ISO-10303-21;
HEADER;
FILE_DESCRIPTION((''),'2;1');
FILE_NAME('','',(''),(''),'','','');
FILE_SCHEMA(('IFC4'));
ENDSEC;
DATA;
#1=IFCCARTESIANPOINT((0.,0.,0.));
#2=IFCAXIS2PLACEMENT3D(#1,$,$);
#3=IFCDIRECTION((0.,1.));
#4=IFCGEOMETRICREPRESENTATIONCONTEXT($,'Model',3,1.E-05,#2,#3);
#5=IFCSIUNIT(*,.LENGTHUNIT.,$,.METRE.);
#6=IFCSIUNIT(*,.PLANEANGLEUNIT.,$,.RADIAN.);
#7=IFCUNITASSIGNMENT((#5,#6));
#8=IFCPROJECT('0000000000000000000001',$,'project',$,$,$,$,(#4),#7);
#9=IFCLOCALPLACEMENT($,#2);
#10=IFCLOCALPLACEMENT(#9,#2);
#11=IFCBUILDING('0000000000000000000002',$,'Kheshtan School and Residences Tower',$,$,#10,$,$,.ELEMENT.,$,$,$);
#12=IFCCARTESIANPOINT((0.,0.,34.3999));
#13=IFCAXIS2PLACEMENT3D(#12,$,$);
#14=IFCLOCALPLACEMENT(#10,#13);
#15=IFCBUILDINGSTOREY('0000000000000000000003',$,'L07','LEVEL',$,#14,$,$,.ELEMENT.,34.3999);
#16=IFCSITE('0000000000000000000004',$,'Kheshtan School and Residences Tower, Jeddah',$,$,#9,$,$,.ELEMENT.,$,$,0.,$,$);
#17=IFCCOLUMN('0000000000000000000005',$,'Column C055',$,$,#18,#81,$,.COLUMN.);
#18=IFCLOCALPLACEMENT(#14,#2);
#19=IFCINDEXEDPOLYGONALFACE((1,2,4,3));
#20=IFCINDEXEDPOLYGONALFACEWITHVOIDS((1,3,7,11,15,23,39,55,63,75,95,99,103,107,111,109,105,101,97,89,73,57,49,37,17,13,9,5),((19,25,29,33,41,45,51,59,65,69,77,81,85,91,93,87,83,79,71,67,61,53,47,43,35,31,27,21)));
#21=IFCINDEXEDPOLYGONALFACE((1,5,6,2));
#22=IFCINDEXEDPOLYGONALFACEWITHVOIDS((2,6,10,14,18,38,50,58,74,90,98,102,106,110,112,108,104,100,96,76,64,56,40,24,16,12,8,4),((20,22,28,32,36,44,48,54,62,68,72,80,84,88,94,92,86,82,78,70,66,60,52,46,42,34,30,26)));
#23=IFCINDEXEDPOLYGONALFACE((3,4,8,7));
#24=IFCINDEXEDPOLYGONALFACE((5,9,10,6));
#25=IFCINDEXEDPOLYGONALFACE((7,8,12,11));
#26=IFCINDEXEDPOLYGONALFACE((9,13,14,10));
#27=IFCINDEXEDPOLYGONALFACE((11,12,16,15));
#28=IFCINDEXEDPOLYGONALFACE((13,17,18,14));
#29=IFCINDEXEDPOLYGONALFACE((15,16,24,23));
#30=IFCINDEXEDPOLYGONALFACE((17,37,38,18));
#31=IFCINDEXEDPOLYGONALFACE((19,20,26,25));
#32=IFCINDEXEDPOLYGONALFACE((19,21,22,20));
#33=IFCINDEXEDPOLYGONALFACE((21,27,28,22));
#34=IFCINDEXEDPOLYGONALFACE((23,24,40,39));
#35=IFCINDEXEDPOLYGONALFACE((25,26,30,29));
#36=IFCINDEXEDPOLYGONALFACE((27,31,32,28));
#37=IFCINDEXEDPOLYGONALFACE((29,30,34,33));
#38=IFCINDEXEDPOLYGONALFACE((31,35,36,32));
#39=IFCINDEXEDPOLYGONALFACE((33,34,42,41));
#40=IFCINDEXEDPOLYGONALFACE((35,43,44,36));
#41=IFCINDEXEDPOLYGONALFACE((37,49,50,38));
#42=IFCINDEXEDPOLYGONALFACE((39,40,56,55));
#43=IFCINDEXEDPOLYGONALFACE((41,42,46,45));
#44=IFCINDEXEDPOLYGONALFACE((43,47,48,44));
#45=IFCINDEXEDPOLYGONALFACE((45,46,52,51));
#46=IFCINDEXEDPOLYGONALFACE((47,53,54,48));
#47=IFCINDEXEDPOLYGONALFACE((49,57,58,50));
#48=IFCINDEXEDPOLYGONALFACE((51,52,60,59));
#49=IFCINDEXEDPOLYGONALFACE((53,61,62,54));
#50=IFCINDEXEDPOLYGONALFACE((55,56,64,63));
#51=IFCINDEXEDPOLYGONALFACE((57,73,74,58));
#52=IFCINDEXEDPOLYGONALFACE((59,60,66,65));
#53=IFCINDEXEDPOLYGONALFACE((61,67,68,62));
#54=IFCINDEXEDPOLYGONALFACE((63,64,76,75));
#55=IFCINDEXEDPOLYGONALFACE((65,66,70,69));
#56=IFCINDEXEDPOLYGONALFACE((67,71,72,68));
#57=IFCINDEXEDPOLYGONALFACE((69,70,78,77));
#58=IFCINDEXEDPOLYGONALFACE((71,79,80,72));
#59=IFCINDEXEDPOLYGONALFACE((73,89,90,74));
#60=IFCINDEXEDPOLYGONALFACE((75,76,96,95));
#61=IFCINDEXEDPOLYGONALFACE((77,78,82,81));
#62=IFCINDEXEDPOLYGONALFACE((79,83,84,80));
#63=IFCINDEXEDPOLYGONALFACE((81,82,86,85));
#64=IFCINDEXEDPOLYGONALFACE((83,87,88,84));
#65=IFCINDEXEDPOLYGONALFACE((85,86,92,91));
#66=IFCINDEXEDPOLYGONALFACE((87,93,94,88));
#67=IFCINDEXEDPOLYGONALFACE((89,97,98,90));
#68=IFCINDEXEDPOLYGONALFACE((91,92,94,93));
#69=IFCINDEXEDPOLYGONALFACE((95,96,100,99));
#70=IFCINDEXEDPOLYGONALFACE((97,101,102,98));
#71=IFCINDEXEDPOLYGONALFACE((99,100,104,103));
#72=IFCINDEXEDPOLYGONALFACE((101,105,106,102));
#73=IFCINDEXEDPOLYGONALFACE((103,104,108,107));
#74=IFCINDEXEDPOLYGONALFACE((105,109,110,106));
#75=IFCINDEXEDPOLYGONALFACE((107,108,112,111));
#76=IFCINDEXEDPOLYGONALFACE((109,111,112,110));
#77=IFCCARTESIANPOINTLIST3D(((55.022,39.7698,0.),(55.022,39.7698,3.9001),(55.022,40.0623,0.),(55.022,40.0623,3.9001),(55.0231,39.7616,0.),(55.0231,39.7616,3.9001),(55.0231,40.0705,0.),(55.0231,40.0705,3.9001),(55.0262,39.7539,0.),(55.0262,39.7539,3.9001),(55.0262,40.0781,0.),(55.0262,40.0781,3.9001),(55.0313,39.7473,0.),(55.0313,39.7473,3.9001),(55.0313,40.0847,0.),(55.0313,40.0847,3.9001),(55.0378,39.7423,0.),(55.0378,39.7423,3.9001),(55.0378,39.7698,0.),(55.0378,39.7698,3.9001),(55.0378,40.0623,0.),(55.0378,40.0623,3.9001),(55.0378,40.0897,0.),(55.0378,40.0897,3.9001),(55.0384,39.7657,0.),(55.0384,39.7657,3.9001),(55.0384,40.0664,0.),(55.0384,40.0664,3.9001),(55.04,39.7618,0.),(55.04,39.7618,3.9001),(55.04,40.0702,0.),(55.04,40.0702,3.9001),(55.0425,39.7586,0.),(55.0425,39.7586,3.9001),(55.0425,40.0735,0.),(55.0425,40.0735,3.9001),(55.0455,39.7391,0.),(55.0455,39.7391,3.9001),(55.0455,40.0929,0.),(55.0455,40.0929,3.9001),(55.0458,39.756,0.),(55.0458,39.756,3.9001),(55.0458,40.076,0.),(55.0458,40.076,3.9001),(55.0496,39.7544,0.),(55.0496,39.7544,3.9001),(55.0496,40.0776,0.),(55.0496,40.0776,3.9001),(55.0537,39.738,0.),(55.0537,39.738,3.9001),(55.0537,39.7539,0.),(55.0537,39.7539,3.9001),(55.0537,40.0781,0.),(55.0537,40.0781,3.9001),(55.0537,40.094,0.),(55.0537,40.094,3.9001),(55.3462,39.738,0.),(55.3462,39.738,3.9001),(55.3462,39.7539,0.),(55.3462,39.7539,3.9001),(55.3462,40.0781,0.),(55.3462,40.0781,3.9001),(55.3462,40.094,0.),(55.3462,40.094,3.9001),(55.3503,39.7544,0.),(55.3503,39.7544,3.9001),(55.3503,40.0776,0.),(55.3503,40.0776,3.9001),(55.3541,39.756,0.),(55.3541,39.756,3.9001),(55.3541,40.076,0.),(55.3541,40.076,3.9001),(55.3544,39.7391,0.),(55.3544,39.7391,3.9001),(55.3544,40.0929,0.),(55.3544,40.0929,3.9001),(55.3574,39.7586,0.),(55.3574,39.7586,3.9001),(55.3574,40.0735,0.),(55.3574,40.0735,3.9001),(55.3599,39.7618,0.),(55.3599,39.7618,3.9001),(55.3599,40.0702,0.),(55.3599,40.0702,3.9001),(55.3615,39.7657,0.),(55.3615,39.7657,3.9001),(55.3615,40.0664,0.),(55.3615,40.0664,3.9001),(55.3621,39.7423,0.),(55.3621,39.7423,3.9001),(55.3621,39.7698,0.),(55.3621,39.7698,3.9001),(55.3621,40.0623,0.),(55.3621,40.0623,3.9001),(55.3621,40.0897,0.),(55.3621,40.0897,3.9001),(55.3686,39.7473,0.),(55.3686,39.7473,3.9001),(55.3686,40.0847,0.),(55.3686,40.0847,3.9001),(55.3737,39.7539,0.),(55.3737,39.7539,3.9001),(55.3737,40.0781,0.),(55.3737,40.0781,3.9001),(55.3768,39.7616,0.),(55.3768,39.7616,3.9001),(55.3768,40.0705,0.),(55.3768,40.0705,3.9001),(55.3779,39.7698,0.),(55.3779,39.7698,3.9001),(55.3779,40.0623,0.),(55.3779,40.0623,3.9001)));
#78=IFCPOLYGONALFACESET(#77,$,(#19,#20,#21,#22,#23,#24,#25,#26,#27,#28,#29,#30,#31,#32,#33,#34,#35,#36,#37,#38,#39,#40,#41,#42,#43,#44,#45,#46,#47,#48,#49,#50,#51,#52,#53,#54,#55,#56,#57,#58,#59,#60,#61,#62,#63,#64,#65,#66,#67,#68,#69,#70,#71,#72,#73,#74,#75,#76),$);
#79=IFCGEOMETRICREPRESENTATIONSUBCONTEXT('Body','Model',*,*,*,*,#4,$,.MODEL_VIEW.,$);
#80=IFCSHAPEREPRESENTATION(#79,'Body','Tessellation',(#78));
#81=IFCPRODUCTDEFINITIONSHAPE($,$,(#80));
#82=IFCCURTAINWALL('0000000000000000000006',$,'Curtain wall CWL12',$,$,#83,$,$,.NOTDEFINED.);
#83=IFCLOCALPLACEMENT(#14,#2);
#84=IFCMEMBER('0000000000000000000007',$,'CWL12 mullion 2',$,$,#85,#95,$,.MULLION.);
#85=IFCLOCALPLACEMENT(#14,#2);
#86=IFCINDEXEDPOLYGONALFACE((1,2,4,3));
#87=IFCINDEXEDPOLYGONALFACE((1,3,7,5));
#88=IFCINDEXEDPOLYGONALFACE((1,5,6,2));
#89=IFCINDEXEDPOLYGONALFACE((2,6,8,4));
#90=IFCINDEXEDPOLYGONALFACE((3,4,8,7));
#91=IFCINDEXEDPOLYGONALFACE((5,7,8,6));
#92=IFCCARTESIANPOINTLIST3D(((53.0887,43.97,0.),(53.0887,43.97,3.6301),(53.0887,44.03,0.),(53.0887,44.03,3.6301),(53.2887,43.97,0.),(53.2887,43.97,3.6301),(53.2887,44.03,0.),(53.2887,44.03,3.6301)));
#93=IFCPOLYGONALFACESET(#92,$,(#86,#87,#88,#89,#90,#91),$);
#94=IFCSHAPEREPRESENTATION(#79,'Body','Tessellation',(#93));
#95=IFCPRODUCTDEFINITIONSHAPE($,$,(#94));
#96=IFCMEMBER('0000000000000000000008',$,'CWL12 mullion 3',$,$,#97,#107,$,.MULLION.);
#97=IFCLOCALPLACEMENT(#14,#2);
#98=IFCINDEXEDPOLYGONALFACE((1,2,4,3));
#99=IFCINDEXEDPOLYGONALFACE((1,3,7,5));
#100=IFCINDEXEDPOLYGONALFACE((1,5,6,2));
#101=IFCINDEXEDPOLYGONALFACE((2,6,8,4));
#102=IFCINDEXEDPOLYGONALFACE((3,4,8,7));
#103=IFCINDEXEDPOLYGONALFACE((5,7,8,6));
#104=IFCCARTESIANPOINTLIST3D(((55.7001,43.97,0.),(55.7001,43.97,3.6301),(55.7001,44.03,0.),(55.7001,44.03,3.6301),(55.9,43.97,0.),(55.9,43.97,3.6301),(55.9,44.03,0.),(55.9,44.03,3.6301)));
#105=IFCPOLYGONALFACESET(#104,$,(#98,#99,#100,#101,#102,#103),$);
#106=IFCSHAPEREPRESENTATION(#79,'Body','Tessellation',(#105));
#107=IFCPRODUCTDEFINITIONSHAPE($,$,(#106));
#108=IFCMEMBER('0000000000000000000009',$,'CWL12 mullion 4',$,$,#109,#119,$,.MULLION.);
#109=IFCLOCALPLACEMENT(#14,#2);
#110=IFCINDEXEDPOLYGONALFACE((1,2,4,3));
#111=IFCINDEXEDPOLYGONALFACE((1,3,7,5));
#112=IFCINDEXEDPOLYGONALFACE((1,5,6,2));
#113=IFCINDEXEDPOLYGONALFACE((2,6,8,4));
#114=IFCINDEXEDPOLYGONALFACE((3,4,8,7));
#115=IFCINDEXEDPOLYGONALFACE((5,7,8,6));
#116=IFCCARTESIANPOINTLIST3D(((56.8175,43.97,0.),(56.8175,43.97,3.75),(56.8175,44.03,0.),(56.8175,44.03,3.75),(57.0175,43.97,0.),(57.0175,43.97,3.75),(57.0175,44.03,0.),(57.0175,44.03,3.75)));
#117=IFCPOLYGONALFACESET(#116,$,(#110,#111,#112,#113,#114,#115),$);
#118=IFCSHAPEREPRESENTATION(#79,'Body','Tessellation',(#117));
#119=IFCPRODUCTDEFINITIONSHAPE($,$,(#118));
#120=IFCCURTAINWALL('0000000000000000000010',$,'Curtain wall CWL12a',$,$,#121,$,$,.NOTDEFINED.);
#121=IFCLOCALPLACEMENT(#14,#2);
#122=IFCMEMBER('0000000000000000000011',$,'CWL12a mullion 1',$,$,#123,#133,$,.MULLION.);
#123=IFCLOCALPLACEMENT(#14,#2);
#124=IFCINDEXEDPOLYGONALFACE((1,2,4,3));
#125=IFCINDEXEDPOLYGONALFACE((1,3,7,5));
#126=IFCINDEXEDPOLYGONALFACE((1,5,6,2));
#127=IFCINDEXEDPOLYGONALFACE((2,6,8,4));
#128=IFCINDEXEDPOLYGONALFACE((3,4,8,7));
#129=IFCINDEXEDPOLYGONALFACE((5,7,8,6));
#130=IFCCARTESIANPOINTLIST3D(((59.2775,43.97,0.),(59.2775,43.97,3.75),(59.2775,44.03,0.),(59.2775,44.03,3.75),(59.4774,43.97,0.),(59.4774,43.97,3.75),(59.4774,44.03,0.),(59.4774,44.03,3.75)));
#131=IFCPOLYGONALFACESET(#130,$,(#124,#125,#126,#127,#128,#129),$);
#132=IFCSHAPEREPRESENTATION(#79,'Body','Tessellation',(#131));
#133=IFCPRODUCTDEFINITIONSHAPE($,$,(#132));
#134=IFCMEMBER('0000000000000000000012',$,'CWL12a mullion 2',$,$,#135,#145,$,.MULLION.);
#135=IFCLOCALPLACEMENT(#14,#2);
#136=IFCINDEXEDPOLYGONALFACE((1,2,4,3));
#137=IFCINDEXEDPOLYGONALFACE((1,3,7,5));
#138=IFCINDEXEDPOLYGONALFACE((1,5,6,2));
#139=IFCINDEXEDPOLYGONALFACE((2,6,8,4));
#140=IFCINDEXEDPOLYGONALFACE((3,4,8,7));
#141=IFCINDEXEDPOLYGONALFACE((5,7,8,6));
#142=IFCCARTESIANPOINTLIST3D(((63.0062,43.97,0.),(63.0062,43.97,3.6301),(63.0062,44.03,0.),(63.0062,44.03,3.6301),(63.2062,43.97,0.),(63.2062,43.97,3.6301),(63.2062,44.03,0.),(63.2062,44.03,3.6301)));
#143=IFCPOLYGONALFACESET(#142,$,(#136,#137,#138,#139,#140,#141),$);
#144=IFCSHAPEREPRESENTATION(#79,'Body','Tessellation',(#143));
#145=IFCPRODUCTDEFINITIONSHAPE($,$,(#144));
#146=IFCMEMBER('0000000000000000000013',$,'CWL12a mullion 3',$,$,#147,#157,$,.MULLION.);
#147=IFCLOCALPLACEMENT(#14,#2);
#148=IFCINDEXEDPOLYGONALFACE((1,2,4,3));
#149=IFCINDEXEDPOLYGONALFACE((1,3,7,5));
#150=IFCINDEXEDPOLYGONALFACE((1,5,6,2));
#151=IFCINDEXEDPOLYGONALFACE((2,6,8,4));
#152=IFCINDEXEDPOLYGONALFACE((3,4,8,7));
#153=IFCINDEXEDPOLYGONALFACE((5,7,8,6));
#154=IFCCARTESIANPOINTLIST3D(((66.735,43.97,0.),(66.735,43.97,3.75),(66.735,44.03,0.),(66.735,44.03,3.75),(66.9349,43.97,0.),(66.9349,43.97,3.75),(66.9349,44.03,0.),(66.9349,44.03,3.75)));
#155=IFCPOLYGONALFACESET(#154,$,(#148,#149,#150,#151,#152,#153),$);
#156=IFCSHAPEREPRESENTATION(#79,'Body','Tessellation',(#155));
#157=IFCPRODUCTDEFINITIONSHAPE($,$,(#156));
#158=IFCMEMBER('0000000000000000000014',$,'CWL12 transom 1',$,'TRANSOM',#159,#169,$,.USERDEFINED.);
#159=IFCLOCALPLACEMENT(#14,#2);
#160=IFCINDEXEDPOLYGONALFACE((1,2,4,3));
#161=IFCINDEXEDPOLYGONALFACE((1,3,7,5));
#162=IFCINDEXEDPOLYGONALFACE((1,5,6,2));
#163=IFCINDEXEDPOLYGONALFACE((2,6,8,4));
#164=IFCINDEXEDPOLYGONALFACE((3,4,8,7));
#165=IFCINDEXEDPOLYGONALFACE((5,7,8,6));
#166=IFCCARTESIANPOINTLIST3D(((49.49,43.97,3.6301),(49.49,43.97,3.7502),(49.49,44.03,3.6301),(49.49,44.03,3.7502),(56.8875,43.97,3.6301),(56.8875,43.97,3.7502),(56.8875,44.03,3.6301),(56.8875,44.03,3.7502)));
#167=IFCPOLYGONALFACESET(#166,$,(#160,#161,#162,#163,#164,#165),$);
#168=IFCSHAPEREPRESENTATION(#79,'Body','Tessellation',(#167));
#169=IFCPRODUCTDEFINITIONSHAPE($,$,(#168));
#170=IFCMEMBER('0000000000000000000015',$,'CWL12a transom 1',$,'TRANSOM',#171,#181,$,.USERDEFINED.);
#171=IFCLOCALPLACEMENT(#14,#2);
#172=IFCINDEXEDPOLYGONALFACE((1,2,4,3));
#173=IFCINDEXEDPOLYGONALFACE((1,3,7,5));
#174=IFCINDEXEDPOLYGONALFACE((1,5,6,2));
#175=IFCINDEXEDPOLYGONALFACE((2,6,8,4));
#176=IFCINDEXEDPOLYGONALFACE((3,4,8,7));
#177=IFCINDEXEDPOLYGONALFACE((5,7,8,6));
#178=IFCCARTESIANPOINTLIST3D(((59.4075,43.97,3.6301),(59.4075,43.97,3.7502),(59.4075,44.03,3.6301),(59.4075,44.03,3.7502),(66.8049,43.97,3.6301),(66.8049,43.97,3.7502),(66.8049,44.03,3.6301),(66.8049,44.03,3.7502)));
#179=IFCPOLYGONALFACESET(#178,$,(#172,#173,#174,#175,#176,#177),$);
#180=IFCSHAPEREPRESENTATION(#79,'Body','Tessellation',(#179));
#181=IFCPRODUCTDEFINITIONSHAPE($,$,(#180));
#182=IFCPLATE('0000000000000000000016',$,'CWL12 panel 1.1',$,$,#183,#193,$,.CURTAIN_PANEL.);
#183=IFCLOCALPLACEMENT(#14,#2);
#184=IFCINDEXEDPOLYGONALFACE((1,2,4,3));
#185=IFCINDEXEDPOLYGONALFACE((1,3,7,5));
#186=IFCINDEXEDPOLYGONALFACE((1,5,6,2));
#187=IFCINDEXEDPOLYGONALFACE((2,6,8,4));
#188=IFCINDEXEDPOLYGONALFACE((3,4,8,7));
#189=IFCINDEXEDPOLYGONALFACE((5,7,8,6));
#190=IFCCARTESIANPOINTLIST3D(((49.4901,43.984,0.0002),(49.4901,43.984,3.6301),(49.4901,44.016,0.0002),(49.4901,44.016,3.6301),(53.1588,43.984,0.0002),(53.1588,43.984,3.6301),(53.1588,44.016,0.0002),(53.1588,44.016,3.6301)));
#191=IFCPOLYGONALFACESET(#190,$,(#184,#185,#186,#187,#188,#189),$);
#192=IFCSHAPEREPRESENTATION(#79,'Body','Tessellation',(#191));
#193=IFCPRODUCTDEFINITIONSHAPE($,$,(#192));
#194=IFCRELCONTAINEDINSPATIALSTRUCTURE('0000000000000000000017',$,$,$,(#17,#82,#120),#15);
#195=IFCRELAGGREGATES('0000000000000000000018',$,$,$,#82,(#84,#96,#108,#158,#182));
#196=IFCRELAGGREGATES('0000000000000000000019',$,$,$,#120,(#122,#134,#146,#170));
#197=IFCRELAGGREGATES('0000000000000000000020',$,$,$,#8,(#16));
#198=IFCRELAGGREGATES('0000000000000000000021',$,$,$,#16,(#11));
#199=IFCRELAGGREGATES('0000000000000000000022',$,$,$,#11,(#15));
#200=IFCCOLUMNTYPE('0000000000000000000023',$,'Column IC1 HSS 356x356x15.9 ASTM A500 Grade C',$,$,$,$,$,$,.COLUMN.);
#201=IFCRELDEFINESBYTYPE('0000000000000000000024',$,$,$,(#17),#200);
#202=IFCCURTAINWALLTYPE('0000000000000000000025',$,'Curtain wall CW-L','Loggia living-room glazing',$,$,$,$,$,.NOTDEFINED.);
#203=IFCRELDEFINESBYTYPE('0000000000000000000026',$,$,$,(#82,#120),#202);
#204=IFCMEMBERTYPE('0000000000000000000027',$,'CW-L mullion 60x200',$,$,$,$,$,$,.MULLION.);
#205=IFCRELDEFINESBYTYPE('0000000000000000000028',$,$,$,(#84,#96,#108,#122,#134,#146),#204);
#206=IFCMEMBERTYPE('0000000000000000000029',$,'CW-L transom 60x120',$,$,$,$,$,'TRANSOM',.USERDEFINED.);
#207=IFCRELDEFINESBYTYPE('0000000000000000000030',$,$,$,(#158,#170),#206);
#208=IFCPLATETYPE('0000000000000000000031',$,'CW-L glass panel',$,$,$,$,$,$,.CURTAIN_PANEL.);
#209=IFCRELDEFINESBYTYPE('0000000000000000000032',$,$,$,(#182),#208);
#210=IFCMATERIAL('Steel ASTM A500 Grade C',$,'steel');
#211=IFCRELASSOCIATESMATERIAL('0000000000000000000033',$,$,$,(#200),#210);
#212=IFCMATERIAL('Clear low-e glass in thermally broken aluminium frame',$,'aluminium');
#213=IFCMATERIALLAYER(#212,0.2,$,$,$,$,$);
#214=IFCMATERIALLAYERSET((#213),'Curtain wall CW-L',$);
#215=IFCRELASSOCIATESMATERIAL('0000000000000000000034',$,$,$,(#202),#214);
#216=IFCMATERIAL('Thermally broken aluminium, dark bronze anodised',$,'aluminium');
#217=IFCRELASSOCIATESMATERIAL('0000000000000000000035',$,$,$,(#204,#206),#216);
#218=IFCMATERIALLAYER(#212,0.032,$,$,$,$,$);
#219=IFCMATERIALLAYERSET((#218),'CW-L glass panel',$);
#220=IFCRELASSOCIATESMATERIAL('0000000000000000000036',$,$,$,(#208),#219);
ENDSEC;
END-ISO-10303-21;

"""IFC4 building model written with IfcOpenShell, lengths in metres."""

from ifc_helpers import new_model, si_unit, direction, frame, origin, origin_2d, place, context, subcontext, project, spatial, rectangle, hollow_rectangle, extrude, material, layer, layer_set, material_profile, profile_set, type_object, element, aggregate, save


model = new_model("IFC4")

# Units and contexts
model_context = context("Model", 3, precision=1e-05, world=origin(), true_north=direction((0.0, 1.0)))
body_context = subcontext(model_context, "Body", "Model", "MODEL_VIEW")
ifc_project = project(units=[si_unit("LENGTHUNIT", "METRE"), si_unit("PLANEANGLEUNIT", "RADIAN")], contexts=[model_context])

# Site, building, storey
site_placement = place(None, origin())
site = spatial("IfcSite", under=ifc_project, at=site_placement, Name="Kheshtan School and Residences Tower, Jeddah", CompositionType="ELEMENT", RefElevation=0.0)
building_placement = place(site_placement, origin())
building = spatial("IfcBuilding", under=site, at=building_placement, Name="Kheshtan School and Residences Tower", CompositionType="ELEMENT")
storey_placement = place(building_placement, frame((0.0, 0.0, 34.3999)))
storey = spatial("IfcBuildingStorey", under=building, at=storey_placement, Name="L07", Description="LEVEL", CompositionType="ELEMENT", Elevation=34.3999)

# Column
ifc_material_1 = material(Name="Steel ASTM A500 Grade C", Category="steel")
ifc_material_profile_1 = material_profile(ifc_material_1, hollow_rectangle(XDim=0.356, YDim=0.356, WallThickness=0.0159, InnerFilletRadius=0.0159, OuterFilletRadius=0.0317, at=origin_2d()), Name="HSS 356x356x15.9")
ifc_profile_set_1 = profile_set([ifc_material_profile_1], Name="Steel ASTM A500 Grade C")
column_type = type_object("IfcColumnType", Name="Column IC1 HSS 356x356x15.9 ASTM A500 Grade C", PredefinedType="COLUMN", material=ifc_profile_set_1)
column_placement = place(storey_placement, frame((55.2, 39.916, 0.0), z_axis=(0.0, 0.0, 1.0), x_axis=(1.0, 0.0, 0.0)))
element("IfcColumn", 1, at=column_placement, inside=storey, type_object=column_type, Name="Column C055", PredefinedType="COLUMN", context=body_context, shape_type="SweptSolid", body=[
    extrude(hollow_rectangle(XDim=0.356, YDim=0.356, WallThickness=0.0159, InnerFilletRadius=0.0159, OuterFilletRadius=0.0317, at=origin_2d()), origin(), (0.0, 0.0, 1.0), 3.9001),
])

# Curtain walls, members
ifc_material_2 = material(Name="Clear low-e glass in thermally broken aluminium frame", Category="aluminium")
ifc_layer_1 = layer(ifc_material_2, 0.2)
ifc_layer_set_1 = layer_set([ifc_layer_1], Name="Curtain wall CW-L")
curtain_wall_type = type_object("IfcCurtainWallType", Name="Curtain wall CW-L", Description="Loggia living-room glazing", PredefinedType="NOTDEFINED", material=ifc_layer_set_1)
curtain_wall_1_placement = place(storey_placement, origin())
curtain_wall_1 = element("IfcCurtainWall", 2, at=curtain_wall_1_placement, inside=storey, type_object=curtain_wall_type, Name="Curtain wall CWL12", PredefinedType="NOTDEFINED")
ifc_material_3 = material(Name="Thermally broken aluminium, dark bronze anodised", Category="aluminium")
ifc_material_profile_2 = material_profile(ifc_material_3, rectangle(XDim=0.0601, YDim=0.2, at=origin_2d()), Name="CW-L mullion 60x200")
ifc_profile_set_2 = profile_set([ifc_material_profile_2], Name="Thermally broken aluminium, dark bronze anodised")
member_type_1 = type_object("IfcMemberType", Name="CW-L mullion 60x200", PredefinedType="MULLION", material=ifc_profile_set_2)
member_1_placement = place(storey_placement, frame((53.1887, 44.0, 0.0), z_axis=(0.0, 0.0, 1.0), x_axis=(0.0, 1.0, 0.0)))
member_1 = element("IfcMember", 3, at=member_1_placement, type_object=member_type_1, Name="CWL12 mullion 2", PredefinedType="MULLION", context=body_context, shape_type="SweptSolid", body=[
    extrude(rectangle(XDim=0.0601, YDim=0.2, at=origin_2d()), origin(), (0.0, 0.0, 1.0), 3.6301),
])
member_2_placement = place(storey_placement, frame((55.8, 44.0, 0.0), z_axis=(0.0, 0.0, 1.0), x_axis=(0.0, 1.0, 0.0)))
member_2 = element("IfcMember", 4, at=member_2_placement, type_object=member_type_1, Name="CWL12 mullion 3", PredefinedType="MULLION", context=body_context, shape_type="SweptSolid", body=[
    extrude(rectangle(XDim=0.0601, YDim=0.2, at=origin_2d()), origin(), (0.0, 0.0, 1.0), 3.6301),
])
member_3_placement = place(storey_placement, frame((56.9175, 44.0, 0.0), z_axis=(0.0, 0.0, 1.0), x_axis=(0.0, 1.0, 0.0)))
member_3 = element("IfcMember", 5, at=member_3_placement, type_object=member_type_1, Name="CWL12 mullion 4", PredefinedType="MULLION", context=body_context, shape_type="SweptSolid", body=[
    extrude(rectangle(XDim=0.0601, YDim=0.2, at=origin_2d()), origin(), (0.0, 0.0, 1.0), 3.75),
])
curtain_wall_2_placement = place(storey_placement, origin())
curtain_wall_2 = element("IfcCurtainWall", 6, at=curtain_wall_2_placement, inside=storey, type_object=curtain_wall_type, Name="Curtain wall CWL12a", PredefinedType="NOTDEFINED")
member_4_placement = place(storey_placement, frame((59.3774, 44.0, 0.0), z_axis=(0.0, 0.0, 1.0), x_axis=(0.0, 1.0, 0.0)))
member_4 = element("IfcMember", 7, at=member_4_placement, type_object=member_type_1, Name="CWL12a mullion 1", PredefinedType="MULLION", context=body_context, shape_type="SweptSolid", body=[
    extrude(rectangle(XDim=0.0601, YDim=0.2, at=origin_2d()), origin(), (0.0, 0.0, 1.0), 3.75),
])
member_5_placement = place(storey_placement, frame((63.1062, 44.0, 0.0), z_axis=(0.0, 0.0, 1.0), x_axis=(0.0, 1.0, 0.0)))
member_5 = element("IfcMember", 8, at=member_5_placement, type_object=member_type_1, Name="CWL12a mullion 2", PredefinedType="MULLION", context=body_context, shape_type="SweptSolid", body=[
    extrude(rectangle(XDim=0.0601, YDim=0.2, at=origin_2d()), origin(), (0.0, 0.0, 1.0), 3.6301),
])
member_6_placement = place(storey_placement, frame((66.835, 44.0, 0.0), z_axis=(0.0, 0.0, 1.0), x_axis=(0.0, 1.0, 0.0)))
member_6 = element("IfcMember", 9, at=member_6_placement, type_object=member_type_1, Name="CWL12a mullion 3", PredefinedType="MULLION", context=body_context, shape_type="SweptSolid", body=[
    extrude(rectangle(XDim=0.0601, YDim=0.2, at=origin_2d()), origin(), (0.0, 0.0, 1.0), 3.75),
])

# Members
ifc_material_profile_3 = material_profile(ifc_material_3, rectangle(XDim=0.0601, YDim=0.1201, at=origin_2d()), Name="CW-L transom 60x120")
ifc_profile_set_3 = profile_set([ifc_material_profile_3], Name="Thermally broken aluminium, dark bronze anodised")
member_type_2 = type_object("IfcMemberType", Name="CW-L transom 60x120", ElementType="TRANSOM", PredefinedType="USERDEFINED", material=ifc_profile_set_3)
member_7_placement = place(storey_placement, frame((49.49, 44.0, 3.6902), z_axis=(1.0, 0.0, 0.0), x_axis=(0.0, 1.0, 0.0)))
member_7 = element("IfcMember", 10, at=member_7_placement, type_object=member_type_2, Name="CWL12 transom 1", ObjectType="TRANSOM", PredefinedType="USERDEFINED", context=body_context, shape_type="SweptSolid", body=[
    extrude(rectangle(XDim=0.0601, YDim=0.1201, at=origin_2d()), origin(), (0.0, 0.0, 1.0), 7.3975),
])
member_8_placement = place(storey_placement, frame((59.4075, 44.0, 3.6902), z_axis=(1.0, 0.0, 0.0), x_axis=(0.0, 1.0, 0.0)))
member_8 = element("IfcMember", 11, at=member_8_placement, type_object=member_type_2, Name="CWL12a transom 1", ObjectType="TRANSOM", PredefinedType="USERDEFINED", context=body_context, shape_type="SweptSolid", body=[
    extrude(rectangle(XDim=0.0601, YDim=0.1201, at=origin_2d()), origin(), (0.0, 0.0, 1.0), 7.3975),
])

# Plate
ifc_layer_2 = layer(ifc_material_2, 0.032)
ifc_layer_set_2 = layer_set([ifc_layer_2], Name="CW-L glass panel")
plate_type = type_object("IfcPlateType", Name="CW-L glass panel", PredefinedType="CURTAIN_PANEL", material=ifc_layer_set_2)
plate_1_placement = place(storey_placement, frame((51.3245, 44.0, 0.0002), z_axis=(0.0, 0.0, 1.0), x_axis=(1.0, 0.0, 0.0)))
plate_1 = element("IfcPlate", 12, at=plate_1_placement, type_object=plate_type, Name="CWL12 panel 1.1", PredefinedType="CURTAIN_PANEL", context=body_context, shape_type="SweptSolid", body=[
    extrude(rectangle(XDim=3.6687, YDim=0.032, at=origin_2d()), origin(), (0.0, 0.0, 1.0), 3.6299),
])
aggregate(curtain_wall_1, [member_1, member_2, member_3, member_7, plate_1])
aggregate(curtain_wall_2, [member_4, member_5, member_6, member_8])

save(model, "model.ifc")
